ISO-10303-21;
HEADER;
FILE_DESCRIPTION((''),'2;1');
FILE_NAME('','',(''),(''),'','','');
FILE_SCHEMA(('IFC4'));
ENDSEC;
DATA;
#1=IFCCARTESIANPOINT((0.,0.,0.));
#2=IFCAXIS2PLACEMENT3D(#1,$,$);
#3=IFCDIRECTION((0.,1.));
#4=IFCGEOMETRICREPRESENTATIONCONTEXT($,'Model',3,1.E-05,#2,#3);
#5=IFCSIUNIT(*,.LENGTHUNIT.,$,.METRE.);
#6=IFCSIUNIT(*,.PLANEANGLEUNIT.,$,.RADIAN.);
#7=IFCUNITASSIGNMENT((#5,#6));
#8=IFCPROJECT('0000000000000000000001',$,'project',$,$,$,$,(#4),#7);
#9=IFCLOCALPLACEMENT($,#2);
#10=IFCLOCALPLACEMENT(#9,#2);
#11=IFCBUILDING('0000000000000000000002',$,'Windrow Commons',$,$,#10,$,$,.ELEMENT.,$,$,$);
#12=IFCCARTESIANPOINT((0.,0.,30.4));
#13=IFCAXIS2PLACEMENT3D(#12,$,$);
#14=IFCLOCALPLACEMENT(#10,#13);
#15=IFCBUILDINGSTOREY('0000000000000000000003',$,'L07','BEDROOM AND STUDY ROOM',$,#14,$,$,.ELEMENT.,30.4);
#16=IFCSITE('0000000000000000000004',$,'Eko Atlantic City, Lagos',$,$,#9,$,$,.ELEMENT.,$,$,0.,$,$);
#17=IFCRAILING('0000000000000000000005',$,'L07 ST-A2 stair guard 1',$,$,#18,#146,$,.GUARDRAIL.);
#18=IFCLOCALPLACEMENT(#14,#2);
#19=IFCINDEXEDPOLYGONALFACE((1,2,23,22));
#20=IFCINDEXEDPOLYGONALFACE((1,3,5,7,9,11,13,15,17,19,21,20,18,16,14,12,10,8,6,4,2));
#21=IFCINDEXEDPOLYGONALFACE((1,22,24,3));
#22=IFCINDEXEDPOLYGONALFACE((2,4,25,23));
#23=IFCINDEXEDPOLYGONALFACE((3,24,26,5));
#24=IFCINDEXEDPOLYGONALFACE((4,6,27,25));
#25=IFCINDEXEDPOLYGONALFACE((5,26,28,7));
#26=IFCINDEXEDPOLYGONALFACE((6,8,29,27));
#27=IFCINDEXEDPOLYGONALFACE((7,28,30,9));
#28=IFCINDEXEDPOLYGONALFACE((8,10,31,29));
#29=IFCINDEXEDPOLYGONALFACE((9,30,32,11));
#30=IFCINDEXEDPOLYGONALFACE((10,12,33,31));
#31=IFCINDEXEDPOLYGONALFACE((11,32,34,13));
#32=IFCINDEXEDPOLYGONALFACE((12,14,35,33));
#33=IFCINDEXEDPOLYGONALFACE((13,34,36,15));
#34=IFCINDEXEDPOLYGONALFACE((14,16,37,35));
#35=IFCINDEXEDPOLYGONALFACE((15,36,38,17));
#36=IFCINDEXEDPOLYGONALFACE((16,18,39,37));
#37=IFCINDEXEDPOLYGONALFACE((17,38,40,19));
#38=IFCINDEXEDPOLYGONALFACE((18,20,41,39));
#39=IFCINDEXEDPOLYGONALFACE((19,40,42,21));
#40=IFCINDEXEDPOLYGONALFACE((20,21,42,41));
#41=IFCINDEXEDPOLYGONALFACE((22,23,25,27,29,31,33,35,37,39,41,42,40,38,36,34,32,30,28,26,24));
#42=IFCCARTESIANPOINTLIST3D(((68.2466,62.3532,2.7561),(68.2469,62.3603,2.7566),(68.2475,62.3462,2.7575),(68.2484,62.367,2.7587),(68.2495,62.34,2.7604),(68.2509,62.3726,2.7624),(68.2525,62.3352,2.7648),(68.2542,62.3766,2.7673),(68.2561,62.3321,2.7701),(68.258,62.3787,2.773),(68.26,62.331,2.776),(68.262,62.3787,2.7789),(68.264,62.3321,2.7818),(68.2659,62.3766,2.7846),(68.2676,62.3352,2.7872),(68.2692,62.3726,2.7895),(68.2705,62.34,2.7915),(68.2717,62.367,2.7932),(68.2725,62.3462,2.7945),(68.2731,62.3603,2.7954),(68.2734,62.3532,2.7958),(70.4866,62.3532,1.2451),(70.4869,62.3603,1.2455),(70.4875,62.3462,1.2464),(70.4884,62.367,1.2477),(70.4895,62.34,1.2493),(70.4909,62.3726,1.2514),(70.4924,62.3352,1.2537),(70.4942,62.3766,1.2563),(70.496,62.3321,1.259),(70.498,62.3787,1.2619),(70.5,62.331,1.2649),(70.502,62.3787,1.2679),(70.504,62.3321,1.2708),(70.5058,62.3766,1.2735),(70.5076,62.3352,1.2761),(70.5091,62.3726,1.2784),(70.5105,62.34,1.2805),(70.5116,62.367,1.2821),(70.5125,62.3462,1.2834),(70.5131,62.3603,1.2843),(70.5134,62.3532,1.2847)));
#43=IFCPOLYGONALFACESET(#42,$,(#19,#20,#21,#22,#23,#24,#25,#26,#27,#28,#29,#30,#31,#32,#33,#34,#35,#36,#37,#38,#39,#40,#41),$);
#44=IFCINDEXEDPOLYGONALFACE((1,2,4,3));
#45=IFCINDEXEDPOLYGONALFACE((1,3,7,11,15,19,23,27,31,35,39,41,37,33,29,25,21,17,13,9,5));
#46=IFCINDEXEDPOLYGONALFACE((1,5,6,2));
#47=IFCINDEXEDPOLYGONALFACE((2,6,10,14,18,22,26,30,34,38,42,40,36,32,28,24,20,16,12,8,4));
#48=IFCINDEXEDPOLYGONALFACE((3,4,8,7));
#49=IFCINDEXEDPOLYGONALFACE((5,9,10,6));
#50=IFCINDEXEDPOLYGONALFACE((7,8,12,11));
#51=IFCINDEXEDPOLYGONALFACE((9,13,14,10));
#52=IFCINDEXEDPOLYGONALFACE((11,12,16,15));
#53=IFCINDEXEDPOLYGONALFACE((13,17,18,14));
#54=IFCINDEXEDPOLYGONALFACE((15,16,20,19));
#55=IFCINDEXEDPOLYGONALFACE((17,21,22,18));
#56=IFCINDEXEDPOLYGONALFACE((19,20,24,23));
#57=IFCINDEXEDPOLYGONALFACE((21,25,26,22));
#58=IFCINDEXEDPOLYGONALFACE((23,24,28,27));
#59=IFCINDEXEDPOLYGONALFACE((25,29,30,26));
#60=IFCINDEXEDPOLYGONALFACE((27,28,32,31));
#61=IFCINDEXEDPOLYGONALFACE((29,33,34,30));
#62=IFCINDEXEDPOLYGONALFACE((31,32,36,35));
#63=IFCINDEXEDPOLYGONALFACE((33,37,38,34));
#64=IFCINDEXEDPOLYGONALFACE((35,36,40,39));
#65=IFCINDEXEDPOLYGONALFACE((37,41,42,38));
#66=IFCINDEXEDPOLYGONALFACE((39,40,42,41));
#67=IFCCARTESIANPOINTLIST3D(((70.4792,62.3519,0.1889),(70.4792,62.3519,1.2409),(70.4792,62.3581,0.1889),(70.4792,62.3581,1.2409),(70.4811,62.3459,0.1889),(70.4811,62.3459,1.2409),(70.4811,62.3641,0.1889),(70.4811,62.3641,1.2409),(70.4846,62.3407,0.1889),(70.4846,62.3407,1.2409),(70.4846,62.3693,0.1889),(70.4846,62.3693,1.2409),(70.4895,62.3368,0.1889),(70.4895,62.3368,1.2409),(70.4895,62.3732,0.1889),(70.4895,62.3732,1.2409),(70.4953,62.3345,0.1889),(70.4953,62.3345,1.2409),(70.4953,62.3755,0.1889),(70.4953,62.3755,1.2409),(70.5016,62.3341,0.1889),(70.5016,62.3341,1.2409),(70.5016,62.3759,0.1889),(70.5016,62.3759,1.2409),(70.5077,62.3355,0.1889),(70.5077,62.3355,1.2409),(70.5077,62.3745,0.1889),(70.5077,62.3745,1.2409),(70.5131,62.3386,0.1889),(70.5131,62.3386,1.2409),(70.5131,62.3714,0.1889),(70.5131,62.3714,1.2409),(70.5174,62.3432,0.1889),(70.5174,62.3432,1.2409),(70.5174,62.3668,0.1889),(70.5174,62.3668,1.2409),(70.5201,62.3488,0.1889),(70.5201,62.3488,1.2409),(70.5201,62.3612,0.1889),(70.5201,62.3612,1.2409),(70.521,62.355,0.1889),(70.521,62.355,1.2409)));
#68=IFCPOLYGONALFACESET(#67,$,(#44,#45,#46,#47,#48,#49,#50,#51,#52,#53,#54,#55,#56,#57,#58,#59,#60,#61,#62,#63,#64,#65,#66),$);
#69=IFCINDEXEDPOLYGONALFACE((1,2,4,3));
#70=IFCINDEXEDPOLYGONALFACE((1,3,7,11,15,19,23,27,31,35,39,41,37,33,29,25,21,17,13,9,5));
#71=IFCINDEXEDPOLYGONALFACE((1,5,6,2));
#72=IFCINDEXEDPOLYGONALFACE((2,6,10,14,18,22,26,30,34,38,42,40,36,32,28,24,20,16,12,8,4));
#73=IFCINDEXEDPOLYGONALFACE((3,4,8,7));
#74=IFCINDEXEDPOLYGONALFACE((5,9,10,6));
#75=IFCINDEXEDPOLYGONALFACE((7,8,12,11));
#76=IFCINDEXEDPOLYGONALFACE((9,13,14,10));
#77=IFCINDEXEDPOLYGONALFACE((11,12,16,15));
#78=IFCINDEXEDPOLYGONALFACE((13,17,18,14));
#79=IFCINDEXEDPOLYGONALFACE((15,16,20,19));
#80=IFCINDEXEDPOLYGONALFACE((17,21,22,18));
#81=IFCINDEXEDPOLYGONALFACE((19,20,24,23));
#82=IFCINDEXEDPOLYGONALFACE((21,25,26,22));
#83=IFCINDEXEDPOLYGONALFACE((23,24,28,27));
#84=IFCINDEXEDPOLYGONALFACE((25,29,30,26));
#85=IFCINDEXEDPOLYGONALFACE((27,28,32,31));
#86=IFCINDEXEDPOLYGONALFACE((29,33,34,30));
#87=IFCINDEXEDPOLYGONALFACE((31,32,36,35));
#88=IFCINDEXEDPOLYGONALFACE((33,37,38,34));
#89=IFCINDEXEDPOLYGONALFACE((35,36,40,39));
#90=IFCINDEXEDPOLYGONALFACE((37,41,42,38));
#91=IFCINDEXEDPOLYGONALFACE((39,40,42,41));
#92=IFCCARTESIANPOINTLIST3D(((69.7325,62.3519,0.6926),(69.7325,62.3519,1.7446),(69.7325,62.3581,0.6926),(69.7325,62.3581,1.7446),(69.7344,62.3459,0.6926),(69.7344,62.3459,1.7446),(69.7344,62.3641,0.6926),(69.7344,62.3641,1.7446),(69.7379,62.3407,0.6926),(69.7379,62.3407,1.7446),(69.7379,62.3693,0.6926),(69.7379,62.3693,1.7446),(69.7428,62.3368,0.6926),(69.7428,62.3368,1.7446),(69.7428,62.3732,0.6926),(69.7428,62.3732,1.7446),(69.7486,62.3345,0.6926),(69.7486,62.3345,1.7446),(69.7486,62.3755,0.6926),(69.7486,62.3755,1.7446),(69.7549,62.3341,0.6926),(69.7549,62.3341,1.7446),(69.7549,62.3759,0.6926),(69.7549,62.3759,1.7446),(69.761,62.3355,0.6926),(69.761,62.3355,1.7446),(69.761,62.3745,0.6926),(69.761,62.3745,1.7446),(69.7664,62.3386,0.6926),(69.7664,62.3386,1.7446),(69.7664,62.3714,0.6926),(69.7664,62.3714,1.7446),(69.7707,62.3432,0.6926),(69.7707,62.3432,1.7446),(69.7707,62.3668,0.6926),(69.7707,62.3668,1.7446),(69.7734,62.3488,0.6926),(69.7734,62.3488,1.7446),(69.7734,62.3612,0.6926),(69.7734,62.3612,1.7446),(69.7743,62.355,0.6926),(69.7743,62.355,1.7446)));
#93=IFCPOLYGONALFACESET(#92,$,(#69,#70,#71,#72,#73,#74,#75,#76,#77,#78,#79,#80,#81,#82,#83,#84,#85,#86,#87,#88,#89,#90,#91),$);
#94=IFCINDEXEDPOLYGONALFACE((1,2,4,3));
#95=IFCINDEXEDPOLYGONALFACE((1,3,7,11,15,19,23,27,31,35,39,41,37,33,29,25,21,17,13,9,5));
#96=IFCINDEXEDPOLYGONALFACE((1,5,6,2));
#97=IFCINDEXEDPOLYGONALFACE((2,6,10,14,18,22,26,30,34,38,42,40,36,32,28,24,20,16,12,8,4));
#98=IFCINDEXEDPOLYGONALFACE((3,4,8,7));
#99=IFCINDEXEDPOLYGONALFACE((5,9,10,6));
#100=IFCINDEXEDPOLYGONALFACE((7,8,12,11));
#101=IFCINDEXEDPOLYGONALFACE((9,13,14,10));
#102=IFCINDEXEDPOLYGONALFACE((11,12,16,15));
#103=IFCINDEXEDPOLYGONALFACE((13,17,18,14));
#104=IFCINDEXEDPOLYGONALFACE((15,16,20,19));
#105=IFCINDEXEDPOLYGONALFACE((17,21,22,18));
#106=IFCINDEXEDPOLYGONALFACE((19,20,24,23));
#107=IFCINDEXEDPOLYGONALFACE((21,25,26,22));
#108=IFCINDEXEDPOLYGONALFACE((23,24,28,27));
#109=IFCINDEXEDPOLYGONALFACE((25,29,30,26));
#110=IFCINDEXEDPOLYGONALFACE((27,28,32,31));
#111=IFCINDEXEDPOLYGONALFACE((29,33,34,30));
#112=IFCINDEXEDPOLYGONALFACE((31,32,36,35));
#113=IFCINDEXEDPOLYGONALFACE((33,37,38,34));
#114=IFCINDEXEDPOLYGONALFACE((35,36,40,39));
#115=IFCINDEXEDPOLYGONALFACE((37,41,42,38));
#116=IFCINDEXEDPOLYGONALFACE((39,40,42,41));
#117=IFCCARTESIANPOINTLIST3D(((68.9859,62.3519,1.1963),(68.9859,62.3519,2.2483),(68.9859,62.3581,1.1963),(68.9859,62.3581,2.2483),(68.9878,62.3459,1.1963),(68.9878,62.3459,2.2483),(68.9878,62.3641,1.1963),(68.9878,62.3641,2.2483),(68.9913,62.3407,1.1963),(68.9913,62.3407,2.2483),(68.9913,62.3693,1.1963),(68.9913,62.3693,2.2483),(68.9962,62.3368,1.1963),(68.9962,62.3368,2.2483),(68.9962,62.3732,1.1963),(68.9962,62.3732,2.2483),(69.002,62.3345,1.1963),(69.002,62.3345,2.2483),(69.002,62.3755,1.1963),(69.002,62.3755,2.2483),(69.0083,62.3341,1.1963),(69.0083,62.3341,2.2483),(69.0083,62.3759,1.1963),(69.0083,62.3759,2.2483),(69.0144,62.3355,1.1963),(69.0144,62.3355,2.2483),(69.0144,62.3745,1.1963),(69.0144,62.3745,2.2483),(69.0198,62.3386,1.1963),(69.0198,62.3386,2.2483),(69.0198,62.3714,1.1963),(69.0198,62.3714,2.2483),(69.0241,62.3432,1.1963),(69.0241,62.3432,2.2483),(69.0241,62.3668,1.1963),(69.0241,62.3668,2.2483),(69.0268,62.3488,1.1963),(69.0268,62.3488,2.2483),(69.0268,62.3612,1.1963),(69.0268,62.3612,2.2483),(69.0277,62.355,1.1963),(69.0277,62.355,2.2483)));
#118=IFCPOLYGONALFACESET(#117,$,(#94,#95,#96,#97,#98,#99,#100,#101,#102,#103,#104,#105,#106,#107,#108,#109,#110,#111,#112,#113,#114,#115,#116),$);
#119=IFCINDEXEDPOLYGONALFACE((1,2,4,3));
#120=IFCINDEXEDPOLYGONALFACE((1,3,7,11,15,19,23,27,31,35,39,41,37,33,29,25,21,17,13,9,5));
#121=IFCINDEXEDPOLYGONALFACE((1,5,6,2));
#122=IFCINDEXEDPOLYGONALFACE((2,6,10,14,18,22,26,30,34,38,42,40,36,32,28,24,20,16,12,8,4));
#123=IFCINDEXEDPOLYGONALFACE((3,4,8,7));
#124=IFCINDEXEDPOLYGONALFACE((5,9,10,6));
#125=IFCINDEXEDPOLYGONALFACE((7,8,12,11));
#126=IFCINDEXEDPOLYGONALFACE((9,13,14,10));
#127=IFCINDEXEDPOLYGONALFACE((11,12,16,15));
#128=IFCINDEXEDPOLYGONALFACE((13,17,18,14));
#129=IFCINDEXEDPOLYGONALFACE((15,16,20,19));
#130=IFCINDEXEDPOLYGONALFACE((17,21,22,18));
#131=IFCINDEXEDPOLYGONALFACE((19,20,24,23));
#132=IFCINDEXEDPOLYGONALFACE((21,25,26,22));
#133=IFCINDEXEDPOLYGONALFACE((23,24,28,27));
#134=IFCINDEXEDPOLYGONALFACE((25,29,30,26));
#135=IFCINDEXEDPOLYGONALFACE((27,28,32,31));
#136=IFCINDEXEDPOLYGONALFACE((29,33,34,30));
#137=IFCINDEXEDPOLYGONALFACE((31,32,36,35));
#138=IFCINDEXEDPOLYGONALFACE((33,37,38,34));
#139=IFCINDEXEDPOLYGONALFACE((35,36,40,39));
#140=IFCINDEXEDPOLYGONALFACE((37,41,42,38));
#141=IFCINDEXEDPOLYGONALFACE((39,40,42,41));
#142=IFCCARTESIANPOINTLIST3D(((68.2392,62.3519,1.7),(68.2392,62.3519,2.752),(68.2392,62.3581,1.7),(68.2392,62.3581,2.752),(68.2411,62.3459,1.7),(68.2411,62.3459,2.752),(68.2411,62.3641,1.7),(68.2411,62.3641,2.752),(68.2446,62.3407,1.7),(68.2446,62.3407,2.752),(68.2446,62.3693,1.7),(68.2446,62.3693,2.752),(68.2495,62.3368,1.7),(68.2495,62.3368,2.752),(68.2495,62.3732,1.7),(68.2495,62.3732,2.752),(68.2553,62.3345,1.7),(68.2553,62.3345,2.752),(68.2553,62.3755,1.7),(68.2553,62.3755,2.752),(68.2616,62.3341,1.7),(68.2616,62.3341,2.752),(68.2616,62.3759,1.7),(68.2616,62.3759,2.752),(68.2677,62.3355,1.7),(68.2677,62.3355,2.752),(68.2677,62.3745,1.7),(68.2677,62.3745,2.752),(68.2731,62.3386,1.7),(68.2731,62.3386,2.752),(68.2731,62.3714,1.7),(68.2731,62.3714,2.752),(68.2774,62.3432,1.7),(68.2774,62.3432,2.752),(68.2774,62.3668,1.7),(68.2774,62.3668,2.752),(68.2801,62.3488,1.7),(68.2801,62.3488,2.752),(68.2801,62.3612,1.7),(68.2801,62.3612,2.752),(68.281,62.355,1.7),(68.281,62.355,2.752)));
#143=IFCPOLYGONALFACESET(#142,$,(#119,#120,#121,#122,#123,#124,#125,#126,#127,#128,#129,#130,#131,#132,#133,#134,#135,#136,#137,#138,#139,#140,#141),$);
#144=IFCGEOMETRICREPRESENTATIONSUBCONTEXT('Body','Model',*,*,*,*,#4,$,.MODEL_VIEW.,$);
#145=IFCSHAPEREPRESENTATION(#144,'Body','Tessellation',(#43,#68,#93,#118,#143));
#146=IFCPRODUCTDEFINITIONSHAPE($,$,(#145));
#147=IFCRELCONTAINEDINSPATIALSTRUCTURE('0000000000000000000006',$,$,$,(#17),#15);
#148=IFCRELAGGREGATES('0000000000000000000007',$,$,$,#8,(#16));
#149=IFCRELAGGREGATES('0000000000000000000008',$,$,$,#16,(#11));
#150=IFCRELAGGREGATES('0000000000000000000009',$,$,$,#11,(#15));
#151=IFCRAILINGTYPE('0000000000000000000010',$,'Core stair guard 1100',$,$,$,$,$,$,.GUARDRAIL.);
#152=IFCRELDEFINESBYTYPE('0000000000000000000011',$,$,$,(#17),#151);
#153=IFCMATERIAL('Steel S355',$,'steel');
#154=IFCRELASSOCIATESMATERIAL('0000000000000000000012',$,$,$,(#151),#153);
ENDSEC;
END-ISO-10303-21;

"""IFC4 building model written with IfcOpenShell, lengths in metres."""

from ifc_helpers import new_model, si_unit, direction, frame, origin, origin_2d, place, context, subcontext, project, spatial, circle, extrude, material, type_object, element, save


model = new_model("IFC4")

# Units and contexts
model_context = context("Model", 3, precision=1e-05, world=origin(), true_north=direction((0.0, 1.0)))
body_context = subcontext(model_context, "Body", "Model", "MODEL_VIEW")
ifc_project = project(units=[si_unit("LENGTHUNIT", "METRE"), si_unit("PLANEANGLEUNIT", "RADIAN")], contexts=[model_context])

# Site, building, storey
site_placement = place(None, origin())
site = spatial("IfcSite", under=ifc_project, at=site_placement, Name="Eko Atlantic City, Lagos", CompositionType="ELEMENT", RefElevation=0.0)
building_placement = place(site_placement, origin())
building = spatial("IfcBuilding", under=site, at=building_placement, Name="Windrow Commons", CompositionType="ELEMENT")
storey_placement = place(building_placement, frame((0.0, 0.0, 30.4)))
storey = spatial("IfcBuildingStorey", under=building, at=storey_placement, Name="L07", Description="BEDROOM AND STUDY ROOM", CompositionType="ELEMENT", Elevation=30.4)

# Railing
ifc_material_1 = material(Name="Steel S355", Category="steel")
railing_type_1 = type_object("IfcRailingType", Name="Core stair guard 1100", PredefinedType="GUARDRAIL", material=ifc_material_1)
railing_1_placement = place(storey_placement, frame((70.5, 62.355, 0.1889)))
element("IfcRailing", 1, at=railing_1_placement, inside=storey, type_object=railing_type_1, Name="L07 ST-A2 stair guard 1", PredefinedType="GUARDRAIL", context=body_context, shape_type="SweptSolid", body=[
    extrude(circle(Radius=0.024, at=origin_2d()), frame((0.0, 0.0, 1.076), z_axis=(-0.829003, 0.0, 0.559244), x_axis=(0.0, -1.0, 0.0)), (0.0, 0.0, 1.0), 2.702),
    extrude(circle(Radius=0.021, at=origin_2d()), origin(), (0.0, 0.0, 1.0), 1.052),
    extrude(circle(Radius=0.021, at=origin_2d()), frame((-0.7467, 0.0, 0.5037)), (0.0, 0.0, 1.0), 1.052),
    extrude(circle(Radius=0.021, at=origin_2d()), frame((-1.4933, 0.0, 1.0074)), (0.0, 0.0, 1.0), 1.052),
    extrude(circle(Radius=0.021, at=origin_2d()), frame((-2.24, 0.0, 1.5111)), (0.0, 0.0, 1.0), 1.052),
])

save(model, "model.ifc")
